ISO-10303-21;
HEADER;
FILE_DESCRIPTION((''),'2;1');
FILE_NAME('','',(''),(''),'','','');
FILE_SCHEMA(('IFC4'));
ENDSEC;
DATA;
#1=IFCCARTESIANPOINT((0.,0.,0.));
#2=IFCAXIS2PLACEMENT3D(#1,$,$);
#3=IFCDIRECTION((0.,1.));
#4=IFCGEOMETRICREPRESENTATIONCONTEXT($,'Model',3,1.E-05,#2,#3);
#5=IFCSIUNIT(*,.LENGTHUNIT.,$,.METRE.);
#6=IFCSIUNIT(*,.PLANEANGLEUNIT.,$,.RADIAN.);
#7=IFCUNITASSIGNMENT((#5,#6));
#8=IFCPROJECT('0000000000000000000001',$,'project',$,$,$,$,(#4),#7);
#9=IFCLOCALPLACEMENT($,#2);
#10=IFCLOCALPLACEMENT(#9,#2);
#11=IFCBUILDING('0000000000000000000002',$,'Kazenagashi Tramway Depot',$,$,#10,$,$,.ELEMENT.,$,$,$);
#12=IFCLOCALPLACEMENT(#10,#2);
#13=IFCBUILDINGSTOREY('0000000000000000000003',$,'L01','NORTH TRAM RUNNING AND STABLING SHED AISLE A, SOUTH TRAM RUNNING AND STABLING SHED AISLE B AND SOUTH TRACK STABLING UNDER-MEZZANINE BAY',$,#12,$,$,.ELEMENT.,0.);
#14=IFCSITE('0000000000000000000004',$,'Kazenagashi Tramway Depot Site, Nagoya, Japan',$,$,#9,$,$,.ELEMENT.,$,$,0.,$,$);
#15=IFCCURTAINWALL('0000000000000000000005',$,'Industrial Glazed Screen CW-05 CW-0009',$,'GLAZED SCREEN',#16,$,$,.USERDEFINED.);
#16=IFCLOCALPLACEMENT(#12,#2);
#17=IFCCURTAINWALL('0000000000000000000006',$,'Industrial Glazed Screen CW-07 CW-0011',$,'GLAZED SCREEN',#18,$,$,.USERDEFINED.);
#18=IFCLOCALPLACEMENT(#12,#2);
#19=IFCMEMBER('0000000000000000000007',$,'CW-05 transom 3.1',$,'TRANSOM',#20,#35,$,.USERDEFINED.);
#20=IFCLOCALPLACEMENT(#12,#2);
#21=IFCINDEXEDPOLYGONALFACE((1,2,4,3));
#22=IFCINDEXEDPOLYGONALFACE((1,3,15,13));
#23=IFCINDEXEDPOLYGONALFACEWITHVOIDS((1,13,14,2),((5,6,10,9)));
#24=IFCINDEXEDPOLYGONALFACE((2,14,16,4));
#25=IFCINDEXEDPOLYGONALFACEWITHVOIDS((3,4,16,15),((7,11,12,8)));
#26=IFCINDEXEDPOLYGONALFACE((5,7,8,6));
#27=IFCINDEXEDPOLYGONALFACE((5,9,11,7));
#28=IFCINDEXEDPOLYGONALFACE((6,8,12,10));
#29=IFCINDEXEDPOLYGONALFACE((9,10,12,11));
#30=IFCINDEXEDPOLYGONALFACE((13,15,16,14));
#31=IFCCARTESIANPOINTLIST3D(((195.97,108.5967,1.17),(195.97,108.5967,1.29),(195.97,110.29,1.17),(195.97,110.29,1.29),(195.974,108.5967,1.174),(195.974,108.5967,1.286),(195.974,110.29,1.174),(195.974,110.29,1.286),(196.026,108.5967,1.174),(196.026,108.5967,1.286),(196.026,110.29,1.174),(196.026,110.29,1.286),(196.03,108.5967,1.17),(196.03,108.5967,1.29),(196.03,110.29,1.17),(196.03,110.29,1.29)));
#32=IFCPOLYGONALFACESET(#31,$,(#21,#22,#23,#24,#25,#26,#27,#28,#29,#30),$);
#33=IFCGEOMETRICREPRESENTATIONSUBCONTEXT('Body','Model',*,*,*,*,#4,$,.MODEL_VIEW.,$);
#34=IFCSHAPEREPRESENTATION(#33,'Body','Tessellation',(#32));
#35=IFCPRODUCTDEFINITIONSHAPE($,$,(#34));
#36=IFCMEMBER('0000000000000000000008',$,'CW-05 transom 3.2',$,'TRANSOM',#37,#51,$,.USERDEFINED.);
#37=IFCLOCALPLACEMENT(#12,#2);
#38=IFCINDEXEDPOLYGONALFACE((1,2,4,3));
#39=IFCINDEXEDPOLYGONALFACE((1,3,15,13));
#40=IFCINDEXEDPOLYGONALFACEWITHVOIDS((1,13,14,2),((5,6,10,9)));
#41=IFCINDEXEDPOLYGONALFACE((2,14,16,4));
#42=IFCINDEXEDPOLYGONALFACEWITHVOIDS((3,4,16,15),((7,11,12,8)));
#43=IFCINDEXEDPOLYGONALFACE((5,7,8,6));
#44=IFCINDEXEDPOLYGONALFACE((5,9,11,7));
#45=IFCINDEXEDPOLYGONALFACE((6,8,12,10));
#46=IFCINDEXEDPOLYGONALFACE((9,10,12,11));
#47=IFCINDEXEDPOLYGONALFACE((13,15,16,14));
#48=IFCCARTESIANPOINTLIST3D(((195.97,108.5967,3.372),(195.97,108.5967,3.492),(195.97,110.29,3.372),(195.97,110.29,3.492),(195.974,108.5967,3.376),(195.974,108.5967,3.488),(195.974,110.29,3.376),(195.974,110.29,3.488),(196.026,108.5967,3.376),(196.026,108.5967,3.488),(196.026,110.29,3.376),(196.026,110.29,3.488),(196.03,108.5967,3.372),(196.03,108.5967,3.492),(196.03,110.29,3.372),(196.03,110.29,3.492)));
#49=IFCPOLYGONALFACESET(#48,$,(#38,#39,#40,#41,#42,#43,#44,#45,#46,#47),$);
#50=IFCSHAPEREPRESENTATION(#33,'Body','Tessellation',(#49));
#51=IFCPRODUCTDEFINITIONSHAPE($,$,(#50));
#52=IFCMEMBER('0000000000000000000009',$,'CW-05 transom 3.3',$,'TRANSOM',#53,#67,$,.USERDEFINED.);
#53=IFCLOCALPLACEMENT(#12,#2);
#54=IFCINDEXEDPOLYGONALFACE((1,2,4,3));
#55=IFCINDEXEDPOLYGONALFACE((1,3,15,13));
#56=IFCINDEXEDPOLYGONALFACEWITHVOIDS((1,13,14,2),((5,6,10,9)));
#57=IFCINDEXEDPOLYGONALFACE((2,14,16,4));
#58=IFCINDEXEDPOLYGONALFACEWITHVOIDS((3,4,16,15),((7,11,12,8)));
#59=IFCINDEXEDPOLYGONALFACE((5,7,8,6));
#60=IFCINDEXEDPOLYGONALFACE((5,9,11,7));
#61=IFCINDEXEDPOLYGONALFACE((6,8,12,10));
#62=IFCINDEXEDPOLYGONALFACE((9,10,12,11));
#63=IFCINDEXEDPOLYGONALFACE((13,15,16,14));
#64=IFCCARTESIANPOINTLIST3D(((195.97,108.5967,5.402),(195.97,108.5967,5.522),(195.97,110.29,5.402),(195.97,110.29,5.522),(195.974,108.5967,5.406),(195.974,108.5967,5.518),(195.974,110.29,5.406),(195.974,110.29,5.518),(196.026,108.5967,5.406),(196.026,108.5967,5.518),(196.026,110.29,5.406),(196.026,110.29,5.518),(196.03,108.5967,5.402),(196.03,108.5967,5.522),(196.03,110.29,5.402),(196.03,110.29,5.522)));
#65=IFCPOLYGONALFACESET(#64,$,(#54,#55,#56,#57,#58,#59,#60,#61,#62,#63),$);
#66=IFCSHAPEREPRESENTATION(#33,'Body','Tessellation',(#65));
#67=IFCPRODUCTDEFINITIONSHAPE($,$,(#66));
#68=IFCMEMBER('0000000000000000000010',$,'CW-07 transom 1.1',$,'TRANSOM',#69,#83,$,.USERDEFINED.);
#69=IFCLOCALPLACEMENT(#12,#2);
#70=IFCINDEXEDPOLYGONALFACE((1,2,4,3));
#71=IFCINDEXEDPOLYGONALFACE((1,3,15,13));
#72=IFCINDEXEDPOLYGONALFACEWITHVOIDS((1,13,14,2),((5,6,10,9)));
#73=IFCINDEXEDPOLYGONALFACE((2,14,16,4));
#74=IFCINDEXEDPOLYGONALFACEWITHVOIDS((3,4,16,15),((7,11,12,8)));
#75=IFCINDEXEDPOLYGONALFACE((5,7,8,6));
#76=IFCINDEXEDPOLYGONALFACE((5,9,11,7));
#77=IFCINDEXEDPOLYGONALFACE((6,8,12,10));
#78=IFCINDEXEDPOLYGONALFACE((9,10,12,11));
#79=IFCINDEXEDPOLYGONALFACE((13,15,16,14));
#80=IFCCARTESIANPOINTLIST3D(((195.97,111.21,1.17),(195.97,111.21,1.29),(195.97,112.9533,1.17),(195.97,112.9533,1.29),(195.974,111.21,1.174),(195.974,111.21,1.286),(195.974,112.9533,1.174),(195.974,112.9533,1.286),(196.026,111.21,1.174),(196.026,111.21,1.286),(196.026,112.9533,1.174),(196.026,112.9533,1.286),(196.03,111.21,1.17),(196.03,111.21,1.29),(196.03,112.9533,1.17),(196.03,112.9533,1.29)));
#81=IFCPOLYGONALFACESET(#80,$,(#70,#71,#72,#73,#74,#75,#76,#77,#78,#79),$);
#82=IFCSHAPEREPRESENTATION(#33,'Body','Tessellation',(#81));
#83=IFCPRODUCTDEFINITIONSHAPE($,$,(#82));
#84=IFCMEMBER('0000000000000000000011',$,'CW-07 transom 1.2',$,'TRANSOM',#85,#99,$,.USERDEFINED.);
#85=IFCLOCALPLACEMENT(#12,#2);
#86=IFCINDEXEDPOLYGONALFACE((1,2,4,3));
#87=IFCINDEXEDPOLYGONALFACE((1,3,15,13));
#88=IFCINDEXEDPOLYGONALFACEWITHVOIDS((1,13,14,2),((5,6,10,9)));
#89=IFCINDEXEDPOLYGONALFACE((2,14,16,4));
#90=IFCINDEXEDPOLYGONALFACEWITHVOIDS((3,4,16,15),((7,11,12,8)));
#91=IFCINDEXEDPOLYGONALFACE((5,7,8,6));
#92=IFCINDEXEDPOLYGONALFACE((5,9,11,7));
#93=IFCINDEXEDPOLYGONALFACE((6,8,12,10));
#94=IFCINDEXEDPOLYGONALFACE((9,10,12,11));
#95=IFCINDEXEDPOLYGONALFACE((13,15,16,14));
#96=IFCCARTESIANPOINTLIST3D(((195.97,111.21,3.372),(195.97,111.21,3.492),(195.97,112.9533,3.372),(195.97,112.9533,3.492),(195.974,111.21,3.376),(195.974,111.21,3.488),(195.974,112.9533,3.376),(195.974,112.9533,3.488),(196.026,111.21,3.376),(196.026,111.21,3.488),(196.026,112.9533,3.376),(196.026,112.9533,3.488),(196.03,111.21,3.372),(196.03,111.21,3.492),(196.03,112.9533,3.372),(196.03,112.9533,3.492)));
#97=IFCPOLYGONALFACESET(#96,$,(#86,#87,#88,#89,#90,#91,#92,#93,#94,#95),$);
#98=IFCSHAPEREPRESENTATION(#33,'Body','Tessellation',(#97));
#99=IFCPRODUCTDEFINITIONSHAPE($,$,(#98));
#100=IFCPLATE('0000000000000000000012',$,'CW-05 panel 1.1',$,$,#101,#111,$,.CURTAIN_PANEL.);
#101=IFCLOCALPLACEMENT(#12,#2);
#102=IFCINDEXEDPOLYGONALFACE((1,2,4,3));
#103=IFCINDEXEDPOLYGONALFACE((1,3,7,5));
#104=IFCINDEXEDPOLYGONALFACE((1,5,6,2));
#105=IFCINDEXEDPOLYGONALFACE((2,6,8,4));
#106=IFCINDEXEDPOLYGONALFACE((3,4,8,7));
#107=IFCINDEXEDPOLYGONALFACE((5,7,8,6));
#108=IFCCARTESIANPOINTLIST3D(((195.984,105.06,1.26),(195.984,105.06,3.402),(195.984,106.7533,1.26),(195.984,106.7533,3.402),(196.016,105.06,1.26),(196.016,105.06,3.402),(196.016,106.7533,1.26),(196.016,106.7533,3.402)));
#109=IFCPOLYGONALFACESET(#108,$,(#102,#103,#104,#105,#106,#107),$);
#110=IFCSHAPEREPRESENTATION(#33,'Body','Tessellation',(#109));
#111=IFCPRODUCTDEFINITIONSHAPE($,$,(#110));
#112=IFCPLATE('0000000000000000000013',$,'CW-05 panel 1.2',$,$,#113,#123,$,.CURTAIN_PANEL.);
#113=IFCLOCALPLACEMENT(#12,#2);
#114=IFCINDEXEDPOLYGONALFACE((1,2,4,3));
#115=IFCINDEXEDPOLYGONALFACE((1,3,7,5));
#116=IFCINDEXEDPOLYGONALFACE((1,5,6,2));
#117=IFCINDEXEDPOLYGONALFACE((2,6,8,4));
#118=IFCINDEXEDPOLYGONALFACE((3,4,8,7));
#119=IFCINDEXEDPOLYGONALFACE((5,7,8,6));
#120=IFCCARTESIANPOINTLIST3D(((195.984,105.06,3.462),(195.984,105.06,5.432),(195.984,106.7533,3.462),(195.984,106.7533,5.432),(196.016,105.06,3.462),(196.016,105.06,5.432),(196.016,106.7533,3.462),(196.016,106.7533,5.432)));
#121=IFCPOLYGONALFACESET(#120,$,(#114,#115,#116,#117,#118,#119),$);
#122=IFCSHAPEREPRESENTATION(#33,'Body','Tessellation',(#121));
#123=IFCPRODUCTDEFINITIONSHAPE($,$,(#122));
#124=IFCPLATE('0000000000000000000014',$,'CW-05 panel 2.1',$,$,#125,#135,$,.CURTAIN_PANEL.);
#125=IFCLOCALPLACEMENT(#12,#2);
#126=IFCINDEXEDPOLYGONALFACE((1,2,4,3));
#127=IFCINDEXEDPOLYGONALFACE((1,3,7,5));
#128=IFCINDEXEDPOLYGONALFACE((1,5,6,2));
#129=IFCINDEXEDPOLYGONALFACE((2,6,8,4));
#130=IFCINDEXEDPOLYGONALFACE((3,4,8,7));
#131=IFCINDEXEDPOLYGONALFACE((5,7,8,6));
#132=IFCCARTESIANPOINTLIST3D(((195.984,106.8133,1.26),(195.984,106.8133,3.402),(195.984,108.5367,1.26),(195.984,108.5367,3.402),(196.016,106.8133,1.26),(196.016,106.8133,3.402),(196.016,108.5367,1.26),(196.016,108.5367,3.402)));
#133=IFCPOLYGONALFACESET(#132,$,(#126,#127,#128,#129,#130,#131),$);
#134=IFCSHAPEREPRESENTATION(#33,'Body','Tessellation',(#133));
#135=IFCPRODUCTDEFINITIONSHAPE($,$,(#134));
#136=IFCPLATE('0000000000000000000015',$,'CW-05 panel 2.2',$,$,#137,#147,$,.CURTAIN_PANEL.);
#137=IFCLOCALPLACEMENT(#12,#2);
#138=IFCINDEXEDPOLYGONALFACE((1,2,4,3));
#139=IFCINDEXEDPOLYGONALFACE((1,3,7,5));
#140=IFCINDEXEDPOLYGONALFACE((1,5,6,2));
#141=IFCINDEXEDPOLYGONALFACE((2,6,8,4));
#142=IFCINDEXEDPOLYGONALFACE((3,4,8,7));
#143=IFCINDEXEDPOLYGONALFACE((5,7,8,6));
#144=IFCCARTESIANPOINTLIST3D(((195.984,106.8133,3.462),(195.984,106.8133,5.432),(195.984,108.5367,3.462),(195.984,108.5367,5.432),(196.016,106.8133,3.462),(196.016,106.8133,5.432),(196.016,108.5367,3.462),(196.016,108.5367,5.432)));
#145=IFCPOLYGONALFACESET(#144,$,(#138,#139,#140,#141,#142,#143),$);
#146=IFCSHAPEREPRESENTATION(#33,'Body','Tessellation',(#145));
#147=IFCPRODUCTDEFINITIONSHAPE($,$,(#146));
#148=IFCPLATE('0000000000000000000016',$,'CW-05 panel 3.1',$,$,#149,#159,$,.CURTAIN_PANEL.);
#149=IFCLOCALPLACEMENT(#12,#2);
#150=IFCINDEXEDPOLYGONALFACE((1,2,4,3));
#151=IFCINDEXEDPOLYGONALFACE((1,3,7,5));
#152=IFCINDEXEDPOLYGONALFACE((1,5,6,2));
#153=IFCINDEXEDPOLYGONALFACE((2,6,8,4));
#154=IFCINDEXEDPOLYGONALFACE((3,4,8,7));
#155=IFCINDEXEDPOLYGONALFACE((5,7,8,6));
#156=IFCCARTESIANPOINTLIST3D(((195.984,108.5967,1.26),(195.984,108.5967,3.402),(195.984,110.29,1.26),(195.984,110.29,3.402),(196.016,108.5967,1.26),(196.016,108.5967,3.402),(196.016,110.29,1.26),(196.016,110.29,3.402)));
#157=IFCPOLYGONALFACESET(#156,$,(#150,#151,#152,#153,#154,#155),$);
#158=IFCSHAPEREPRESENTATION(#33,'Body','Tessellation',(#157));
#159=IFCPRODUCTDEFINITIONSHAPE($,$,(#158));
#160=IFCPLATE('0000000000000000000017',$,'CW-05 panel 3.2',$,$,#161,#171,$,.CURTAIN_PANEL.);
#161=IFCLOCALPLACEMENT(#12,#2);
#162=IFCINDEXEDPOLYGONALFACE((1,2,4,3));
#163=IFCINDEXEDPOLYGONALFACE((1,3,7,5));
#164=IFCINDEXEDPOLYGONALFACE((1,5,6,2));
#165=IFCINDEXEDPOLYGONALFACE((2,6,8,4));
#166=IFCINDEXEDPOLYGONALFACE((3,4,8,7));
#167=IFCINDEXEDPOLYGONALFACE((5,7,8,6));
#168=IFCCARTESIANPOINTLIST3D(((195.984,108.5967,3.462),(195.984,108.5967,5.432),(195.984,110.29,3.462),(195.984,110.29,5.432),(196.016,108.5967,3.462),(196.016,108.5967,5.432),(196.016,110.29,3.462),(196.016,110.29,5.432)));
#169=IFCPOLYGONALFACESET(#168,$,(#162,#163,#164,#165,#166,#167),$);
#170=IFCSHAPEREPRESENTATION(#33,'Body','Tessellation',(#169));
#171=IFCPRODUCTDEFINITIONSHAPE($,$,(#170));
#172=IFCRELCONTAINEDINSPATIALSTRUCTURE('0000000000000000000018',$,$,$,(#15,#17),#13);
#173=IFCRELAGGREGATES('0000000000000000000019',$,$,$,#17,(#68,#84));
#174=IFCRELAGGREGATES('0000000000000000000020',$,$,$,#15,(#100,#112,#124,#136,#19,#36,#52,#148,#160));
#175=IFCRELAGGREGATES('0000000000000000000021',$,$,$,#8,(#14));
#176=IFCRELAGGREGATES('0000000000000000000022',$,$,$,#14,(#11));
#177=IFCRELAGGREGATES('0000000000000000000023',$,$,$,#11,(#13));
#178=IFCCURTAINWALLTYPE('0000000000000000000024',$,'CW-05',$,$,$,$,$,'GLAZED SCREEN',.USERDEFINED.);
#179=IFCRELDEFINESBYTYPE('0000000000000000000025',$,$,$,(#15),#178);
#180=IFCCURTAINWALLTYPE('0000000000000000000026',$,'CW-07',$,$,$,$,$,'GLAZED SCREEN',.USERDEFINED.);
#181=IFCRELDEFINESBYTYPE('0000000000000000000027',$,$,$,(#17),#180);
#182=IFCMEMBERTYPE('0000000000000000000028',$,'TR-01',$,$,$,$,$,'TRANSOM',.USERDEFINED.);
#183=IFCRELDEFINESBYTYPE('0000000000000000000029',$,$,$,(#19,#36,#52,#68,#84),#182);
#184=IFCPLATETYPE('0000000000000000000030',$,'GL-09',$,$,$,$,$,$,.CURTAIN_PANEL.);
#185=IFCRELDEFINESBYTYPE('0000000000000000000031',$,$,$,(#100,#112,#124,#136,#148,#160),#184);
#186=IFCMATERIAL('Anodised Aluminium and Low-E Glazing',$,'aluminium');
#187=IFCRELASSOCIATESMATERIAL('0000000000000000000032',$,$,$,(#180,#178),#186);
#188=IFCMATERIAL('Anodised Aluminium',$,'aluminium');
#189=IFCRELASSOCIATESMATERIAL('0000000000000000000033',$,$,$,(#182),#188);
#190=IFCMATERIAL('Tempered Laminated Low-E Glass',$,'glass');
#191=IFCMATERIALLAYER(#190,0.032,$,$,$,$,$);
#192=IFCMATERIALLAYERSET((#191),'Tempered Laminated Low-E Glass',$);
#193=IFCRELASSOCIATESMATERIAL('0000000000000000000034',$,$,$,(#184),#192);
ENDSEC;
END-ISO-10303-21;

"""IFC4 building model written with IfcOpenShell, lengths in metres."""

from ifc_helpers import new_model, si_unit, direction, frame, origin, origin_2d, place, context, subcontext, project, spatial, rectangle, hollow_rectangle, extrude, material, layer, layer_set, material_profile, profile_set, type_object, element, aggregate, save


model = new_model("IFC4")

# Units and contexts
model_context = context("Model", 3, precision=1e-05, world=origin(), true_north=direction((0.0, 1.0)))
body_context = subcontext(model_context, "Body", "Model", "MODEL_VIEW")
ifc_project = project(units=[si_unit("LENGTHUNIT", "METRE"), si_unit("PLANEANGLEUNIT", "RADIAN")], contexts=[model_context])

# Site, building, storey
site_placement = place(None, origin())
site = spatial("IfcSite", under=ifc_project, at=site_placement, Name="Kazenagashi Tramway Depot Site, Nagoya, Japan", CompositionType="ELEMENT", RefElevation=0.0)
building_placement = place(site_placement, origin())
building = spatial("IfcBuilding", under=site, at=building_placement, Name="Kazenagashi Tramway Depot", CompositionType="ELEMENT")
storey_placement = place(building_placement, origin())
storey = spatial("IfcBuildingStorey", under=building, at=storey_placement, Name="L01", Description="NORTH TRAM RUNNING AND STABLING SHED AISLE A, SOUTH TRAM RUNNING AND STABLING SHED AISLE B AND SOUTH TRACK STABLING UNDER-MEZZANINE BAY", CompositionType="ELEMENT", Elevation=0.0)

# Shared definitions
ifc_material_1 = material(Name="Anodised Aluminium and Low-E Glazing", Category="aluminium")
curtain_wall_type_1 = type_object("IfcCurtainWallType", Name="CW-07", ElementType="GLAZED SCREEN", PredefinedType="USERDEFINED", material=ifc_material_1)
ifc_material_2 = material(Name="Anodised Aluminium", Category="aluminium")

# Curtain wall
curtain_wall_type_2 = type_object("IfcCurtainWallType", Name="CW-05", ElementType="GLAZED SCREEN", PredefinedType="USERDEFINED", material=ifc_material_1)
curtain_wall_1_placement = place(storey_placement, origin())
curtain_wall_1 = element("IfcCurtainWall", 1, at=curtain_wall_1_placement, inside=storey, type_object=curtain_wall_type_2, Name="Industrial Glazed Screen CW-05 CW-0009", ObjectType="GLAZED SCREEN", PredefinedType="USERDEFINED")

# Curtain wall
curtain_wall_2_placement = place(storey_placement, origin())
curtain_wall_2 = element("IfcCurtainWall", 2, at=curtain_wall_2_placement, inside=storey, type_object=curtain_wall_type_1, Name="Industrial Glazed Screen CW-07 CW-0011", ObjectType="GLAZED SCREEN", PredefinedType="USERDEFINED")

# Members
ifc_material_profile_1 = material_profile(ifc_material_2, hollow_rectangle(XDim=0.06, YDim=0.12, WallThickness=0.004, at=origin_2d()), Name="RHS-120x60x4")
ifc_profile_set_1 = profile_set([ifc_material_profile_1], Name="Anodised Aluminium")
member_type_1 = type_object("IfcMemberType", Name="TR-01", ElementType="TRANSOM", PredefinedType="USERDEFINED", material=ifc_profile_set_1)
member_1_placement = place(storey_placement, frame((196.0, 108.5967, 1.23), z_axis=(0.0, 1.0, 0.0), x_axis=(-1.0, 0.0, 0.0)))
member_1 = element("IfcMember", 3, at=member_1_placement, type_object=member_type_1, Name="CW-05 transom 3.1", ObjectType="TRANSOM", PredefinedType="USERDEFINED", context=body_context, shape_type="SweptSolid", body=[
    extrude(hollow_rectangle(XDim=0.06, YDim=0.12, WallThickness=0.004, at=origin_2d()), origin(), (0.0, 0.0, 1.0), 1.6933),
])
member_2_placement = place(storey_placement, frame((196.0, 108.5967, 3.432), z_axis=(0.0, 1.0, 0.0), x_axis=(-1.0, 0.0, 0.0)))
member_2 = element("IfcMember", 4, at=member_2_placement, type_object=member_type_1, Name="CW-05 transom 3.2", ObjectType="TRANSOM", PredefinedType="USERDEFINED", context=body_context, shape_type="SweptSolid", body=[
    extrude(hollow_rectangle(XDim=0.06, YDim=0.12, WallThickness=0.004, at=origin_2d()), origin(), (0.0, 0.0, 1.0), 1.6933),
])
member_3_placement = place(storey_placement, frame((196.0, 108.5967, 5.462), z_axis=(0.0, 1.0, 0.0), x_axis=(-1.0, 0.0, 0.0)))
member_3 = element("IfcMember", 5, at=member_3_placement, type_object=member_type_1, Name="CW-05 transom 3.3", ObjectType="TRANSOM", PredefinedType="USERDEFINED", context=body_context, shape_type="SweptSolid", body=[
    extrude(hollow_rectangle(XDim=0.06, YDim=0.12, WallThickness=0.004, at=origin_2d()), origin(), (0.0, 0.0, 1.0), 1.6933),
])
member_4_placement = place(storey_placement, frame((196.0, 111.21, 1.23), z_axis=(0.0, 1.0, 0.0), x_axis=(-1.0, 0.0, 0.0)))
member_4 = element("IfcMember", 6, at=member_4_placement, type_object=member_type_1, Name="CW-07 transom 1.1", ObjectType="TRANSOM", PredefinedType="USERDEFINED", context=body_context, shape_type="SweptSolid", body=[
    extrude(hollow_rectangle(XDim=0.06, YDim=0.12, WallThickness=0.004, at=origin_2d()), origin(), (0.0, 0.0, 1.0), 1.7433),
])
member_5_placement = place(storey_placement, frame((196.0, 111.21, 3.432), z_axis=(0.0, 1.0, 0.0), x_axis=(-1.0, 0.0, 0.0)))
member_5 = element("IfcMember", 7, at=member_5_placement, type_object=member_type_1, Name="CW-07 transom 1.2", ObjectType="TRANSOM", PredefinedType="USERDEFINED", context=body_context, shape_type="SweptSolid", body=[
    extrude(hollow_rectangle(XDim=0.06, YDim=0.12, WallThickness=0.004, at=origin_2d()), origin(), (0.0, 0.0, 1.0), 1.7433),
])
aggregate(curtain_wall_2, [member_4, member_5])

# Plates
ifc_material_3 = material(Name="Tempered Laminated Low-E Glass", Category="glass")
ifc_layer = layer(ifc_material_3, 0.032)
ifc_layer_set = layer_set([ifc_layer], Name="Tempered Laminated Low-E Glass")
plate_type = type_object("IfcPlateType", Name="GL-09", PredefinedType="CURTAIN_PANEL", material=ifc_layer_set)
plate_1_placement = place(storey_placement, frame((196.0, 105.9067, 1.26), z_axis=(0.0, 0.0, 1.0), x_axis=(0.0, 1.0, 0.0)))
plate_1 = element("IfcPlate", 8, at=plate_1_placement, type_object=plate_type, Name="CW-05 panel 1.1", PredefinedType="CURTAIN_PANEL", context=body_context, shape_type="SweptSolid", body=[
    extrude(rectangle(XDim=1.6933, YDim=0.032, at=origin_2d()), origin(), (0.0, 0.0, 1.0), 2.142),
])
plate_2_placement = place(storey_placement, frame((196.0, 105.9067, 3.462), z_axis=(0.0, 0.0, 1.0), x_axis=(0.0, 1.0, 0.0)))
plate_2 = element("IfcPlate", 9, at=plate_2_placement, type_object=plate_type, Name="CW-05 panel 1.2", PredefinedType="CURTAIN_PANEL", context=body_context, shape_type="SweptSolid", body=[
    extrude(rectangle(XDim=1.6933, YDim=0.032, at=origin_2d()), origin(), (0.0, 0.0, 1.0), 1.97),
])
plate_3_placement = place(storey_placement, frame((196.0, 107.675, 1.26), z_axis=(0.0, 0.0, 1.0), x_axis=(0.0, 1.0, 0.0)))
plate_3 = element("IfcPlate", 10, at=plate_3_placement, type_object=plate_type, Name="CW-05 panel 2.1", PredefinedType="CURTAIN_PANEL", context=body_context, shape_type="SweptSolid", body=[
    extrude(rectangle(XDim=1.7233, YDim=0.032, at=origin_2d()), origin(), (0.0, 0.0, 1.0), 2.142),
])
plate_4_placement = place(storey_placement, frame((196.0, 107.675, 3.462), z_axis=(0.0, 0.0, 1.0), x_axis=(0.0, 1.0, 0.0)))
plate_4 = element("IfcPlate", 11, at=plate_4_placement, type_object=plate_type, Name="CW-05 panel 2.2", PredefinedType="CURTAIN_PANEL", context=body_context, shape_type="SweptSolid", body=[
    extrude(rectangle(XDim=1.7233, YDim=0.032, at=origin_2d()), origin(), (0.0, 0.0, 1.0), 1.97),
])
plate_5_placement = place(storey_placement, frame((196.0, 109.4433, 1.26), z_axis=(0.0, 0.0, 1.0), x_axis=(0.0, 1.0, 0.0)))
plate_5 = element("IfcPlate", 12, at=plate_5_placement, type_object=plate_type, Name="CW-05 panel 3.1", PredefinedType="CURTAIN_PANEL", context=body_context, shape_type="SweptSolid", body=[
    extrude(rectangle(XDim=1.6933, YDim=0.032, at=origin_2d()), origin(), (0.0, 0.0, 1.0), 2.142),
])
plate_6_placement = place(storey_placement, frame((196.0, 109.4433, 3.462), z_axis=(0.0, 0.0, 1.0), x_axis=(0.0, 1.0, 0.0)))
plate_6 = element("IfcPlate", 13, at=plate_6_placement, type_object=plate_type, Name="CW-05 panel 3.2", PredefinedType="CURTAIN_PANEL", context=body_context, shape_type="SweptSolid", body=[
    extrude(rectangle(XDim=1.6933, YDim=0.032, at=origin_2d()), origin(), (0.0, 0.0, 1.0), 1.97),
])
aggregate(curtain_wall_1, [plate_1, plate_2, plate_3, plate_4, member_1, member_2, member_3, plate_5, plate_6])

save(model, "model.ifc")
